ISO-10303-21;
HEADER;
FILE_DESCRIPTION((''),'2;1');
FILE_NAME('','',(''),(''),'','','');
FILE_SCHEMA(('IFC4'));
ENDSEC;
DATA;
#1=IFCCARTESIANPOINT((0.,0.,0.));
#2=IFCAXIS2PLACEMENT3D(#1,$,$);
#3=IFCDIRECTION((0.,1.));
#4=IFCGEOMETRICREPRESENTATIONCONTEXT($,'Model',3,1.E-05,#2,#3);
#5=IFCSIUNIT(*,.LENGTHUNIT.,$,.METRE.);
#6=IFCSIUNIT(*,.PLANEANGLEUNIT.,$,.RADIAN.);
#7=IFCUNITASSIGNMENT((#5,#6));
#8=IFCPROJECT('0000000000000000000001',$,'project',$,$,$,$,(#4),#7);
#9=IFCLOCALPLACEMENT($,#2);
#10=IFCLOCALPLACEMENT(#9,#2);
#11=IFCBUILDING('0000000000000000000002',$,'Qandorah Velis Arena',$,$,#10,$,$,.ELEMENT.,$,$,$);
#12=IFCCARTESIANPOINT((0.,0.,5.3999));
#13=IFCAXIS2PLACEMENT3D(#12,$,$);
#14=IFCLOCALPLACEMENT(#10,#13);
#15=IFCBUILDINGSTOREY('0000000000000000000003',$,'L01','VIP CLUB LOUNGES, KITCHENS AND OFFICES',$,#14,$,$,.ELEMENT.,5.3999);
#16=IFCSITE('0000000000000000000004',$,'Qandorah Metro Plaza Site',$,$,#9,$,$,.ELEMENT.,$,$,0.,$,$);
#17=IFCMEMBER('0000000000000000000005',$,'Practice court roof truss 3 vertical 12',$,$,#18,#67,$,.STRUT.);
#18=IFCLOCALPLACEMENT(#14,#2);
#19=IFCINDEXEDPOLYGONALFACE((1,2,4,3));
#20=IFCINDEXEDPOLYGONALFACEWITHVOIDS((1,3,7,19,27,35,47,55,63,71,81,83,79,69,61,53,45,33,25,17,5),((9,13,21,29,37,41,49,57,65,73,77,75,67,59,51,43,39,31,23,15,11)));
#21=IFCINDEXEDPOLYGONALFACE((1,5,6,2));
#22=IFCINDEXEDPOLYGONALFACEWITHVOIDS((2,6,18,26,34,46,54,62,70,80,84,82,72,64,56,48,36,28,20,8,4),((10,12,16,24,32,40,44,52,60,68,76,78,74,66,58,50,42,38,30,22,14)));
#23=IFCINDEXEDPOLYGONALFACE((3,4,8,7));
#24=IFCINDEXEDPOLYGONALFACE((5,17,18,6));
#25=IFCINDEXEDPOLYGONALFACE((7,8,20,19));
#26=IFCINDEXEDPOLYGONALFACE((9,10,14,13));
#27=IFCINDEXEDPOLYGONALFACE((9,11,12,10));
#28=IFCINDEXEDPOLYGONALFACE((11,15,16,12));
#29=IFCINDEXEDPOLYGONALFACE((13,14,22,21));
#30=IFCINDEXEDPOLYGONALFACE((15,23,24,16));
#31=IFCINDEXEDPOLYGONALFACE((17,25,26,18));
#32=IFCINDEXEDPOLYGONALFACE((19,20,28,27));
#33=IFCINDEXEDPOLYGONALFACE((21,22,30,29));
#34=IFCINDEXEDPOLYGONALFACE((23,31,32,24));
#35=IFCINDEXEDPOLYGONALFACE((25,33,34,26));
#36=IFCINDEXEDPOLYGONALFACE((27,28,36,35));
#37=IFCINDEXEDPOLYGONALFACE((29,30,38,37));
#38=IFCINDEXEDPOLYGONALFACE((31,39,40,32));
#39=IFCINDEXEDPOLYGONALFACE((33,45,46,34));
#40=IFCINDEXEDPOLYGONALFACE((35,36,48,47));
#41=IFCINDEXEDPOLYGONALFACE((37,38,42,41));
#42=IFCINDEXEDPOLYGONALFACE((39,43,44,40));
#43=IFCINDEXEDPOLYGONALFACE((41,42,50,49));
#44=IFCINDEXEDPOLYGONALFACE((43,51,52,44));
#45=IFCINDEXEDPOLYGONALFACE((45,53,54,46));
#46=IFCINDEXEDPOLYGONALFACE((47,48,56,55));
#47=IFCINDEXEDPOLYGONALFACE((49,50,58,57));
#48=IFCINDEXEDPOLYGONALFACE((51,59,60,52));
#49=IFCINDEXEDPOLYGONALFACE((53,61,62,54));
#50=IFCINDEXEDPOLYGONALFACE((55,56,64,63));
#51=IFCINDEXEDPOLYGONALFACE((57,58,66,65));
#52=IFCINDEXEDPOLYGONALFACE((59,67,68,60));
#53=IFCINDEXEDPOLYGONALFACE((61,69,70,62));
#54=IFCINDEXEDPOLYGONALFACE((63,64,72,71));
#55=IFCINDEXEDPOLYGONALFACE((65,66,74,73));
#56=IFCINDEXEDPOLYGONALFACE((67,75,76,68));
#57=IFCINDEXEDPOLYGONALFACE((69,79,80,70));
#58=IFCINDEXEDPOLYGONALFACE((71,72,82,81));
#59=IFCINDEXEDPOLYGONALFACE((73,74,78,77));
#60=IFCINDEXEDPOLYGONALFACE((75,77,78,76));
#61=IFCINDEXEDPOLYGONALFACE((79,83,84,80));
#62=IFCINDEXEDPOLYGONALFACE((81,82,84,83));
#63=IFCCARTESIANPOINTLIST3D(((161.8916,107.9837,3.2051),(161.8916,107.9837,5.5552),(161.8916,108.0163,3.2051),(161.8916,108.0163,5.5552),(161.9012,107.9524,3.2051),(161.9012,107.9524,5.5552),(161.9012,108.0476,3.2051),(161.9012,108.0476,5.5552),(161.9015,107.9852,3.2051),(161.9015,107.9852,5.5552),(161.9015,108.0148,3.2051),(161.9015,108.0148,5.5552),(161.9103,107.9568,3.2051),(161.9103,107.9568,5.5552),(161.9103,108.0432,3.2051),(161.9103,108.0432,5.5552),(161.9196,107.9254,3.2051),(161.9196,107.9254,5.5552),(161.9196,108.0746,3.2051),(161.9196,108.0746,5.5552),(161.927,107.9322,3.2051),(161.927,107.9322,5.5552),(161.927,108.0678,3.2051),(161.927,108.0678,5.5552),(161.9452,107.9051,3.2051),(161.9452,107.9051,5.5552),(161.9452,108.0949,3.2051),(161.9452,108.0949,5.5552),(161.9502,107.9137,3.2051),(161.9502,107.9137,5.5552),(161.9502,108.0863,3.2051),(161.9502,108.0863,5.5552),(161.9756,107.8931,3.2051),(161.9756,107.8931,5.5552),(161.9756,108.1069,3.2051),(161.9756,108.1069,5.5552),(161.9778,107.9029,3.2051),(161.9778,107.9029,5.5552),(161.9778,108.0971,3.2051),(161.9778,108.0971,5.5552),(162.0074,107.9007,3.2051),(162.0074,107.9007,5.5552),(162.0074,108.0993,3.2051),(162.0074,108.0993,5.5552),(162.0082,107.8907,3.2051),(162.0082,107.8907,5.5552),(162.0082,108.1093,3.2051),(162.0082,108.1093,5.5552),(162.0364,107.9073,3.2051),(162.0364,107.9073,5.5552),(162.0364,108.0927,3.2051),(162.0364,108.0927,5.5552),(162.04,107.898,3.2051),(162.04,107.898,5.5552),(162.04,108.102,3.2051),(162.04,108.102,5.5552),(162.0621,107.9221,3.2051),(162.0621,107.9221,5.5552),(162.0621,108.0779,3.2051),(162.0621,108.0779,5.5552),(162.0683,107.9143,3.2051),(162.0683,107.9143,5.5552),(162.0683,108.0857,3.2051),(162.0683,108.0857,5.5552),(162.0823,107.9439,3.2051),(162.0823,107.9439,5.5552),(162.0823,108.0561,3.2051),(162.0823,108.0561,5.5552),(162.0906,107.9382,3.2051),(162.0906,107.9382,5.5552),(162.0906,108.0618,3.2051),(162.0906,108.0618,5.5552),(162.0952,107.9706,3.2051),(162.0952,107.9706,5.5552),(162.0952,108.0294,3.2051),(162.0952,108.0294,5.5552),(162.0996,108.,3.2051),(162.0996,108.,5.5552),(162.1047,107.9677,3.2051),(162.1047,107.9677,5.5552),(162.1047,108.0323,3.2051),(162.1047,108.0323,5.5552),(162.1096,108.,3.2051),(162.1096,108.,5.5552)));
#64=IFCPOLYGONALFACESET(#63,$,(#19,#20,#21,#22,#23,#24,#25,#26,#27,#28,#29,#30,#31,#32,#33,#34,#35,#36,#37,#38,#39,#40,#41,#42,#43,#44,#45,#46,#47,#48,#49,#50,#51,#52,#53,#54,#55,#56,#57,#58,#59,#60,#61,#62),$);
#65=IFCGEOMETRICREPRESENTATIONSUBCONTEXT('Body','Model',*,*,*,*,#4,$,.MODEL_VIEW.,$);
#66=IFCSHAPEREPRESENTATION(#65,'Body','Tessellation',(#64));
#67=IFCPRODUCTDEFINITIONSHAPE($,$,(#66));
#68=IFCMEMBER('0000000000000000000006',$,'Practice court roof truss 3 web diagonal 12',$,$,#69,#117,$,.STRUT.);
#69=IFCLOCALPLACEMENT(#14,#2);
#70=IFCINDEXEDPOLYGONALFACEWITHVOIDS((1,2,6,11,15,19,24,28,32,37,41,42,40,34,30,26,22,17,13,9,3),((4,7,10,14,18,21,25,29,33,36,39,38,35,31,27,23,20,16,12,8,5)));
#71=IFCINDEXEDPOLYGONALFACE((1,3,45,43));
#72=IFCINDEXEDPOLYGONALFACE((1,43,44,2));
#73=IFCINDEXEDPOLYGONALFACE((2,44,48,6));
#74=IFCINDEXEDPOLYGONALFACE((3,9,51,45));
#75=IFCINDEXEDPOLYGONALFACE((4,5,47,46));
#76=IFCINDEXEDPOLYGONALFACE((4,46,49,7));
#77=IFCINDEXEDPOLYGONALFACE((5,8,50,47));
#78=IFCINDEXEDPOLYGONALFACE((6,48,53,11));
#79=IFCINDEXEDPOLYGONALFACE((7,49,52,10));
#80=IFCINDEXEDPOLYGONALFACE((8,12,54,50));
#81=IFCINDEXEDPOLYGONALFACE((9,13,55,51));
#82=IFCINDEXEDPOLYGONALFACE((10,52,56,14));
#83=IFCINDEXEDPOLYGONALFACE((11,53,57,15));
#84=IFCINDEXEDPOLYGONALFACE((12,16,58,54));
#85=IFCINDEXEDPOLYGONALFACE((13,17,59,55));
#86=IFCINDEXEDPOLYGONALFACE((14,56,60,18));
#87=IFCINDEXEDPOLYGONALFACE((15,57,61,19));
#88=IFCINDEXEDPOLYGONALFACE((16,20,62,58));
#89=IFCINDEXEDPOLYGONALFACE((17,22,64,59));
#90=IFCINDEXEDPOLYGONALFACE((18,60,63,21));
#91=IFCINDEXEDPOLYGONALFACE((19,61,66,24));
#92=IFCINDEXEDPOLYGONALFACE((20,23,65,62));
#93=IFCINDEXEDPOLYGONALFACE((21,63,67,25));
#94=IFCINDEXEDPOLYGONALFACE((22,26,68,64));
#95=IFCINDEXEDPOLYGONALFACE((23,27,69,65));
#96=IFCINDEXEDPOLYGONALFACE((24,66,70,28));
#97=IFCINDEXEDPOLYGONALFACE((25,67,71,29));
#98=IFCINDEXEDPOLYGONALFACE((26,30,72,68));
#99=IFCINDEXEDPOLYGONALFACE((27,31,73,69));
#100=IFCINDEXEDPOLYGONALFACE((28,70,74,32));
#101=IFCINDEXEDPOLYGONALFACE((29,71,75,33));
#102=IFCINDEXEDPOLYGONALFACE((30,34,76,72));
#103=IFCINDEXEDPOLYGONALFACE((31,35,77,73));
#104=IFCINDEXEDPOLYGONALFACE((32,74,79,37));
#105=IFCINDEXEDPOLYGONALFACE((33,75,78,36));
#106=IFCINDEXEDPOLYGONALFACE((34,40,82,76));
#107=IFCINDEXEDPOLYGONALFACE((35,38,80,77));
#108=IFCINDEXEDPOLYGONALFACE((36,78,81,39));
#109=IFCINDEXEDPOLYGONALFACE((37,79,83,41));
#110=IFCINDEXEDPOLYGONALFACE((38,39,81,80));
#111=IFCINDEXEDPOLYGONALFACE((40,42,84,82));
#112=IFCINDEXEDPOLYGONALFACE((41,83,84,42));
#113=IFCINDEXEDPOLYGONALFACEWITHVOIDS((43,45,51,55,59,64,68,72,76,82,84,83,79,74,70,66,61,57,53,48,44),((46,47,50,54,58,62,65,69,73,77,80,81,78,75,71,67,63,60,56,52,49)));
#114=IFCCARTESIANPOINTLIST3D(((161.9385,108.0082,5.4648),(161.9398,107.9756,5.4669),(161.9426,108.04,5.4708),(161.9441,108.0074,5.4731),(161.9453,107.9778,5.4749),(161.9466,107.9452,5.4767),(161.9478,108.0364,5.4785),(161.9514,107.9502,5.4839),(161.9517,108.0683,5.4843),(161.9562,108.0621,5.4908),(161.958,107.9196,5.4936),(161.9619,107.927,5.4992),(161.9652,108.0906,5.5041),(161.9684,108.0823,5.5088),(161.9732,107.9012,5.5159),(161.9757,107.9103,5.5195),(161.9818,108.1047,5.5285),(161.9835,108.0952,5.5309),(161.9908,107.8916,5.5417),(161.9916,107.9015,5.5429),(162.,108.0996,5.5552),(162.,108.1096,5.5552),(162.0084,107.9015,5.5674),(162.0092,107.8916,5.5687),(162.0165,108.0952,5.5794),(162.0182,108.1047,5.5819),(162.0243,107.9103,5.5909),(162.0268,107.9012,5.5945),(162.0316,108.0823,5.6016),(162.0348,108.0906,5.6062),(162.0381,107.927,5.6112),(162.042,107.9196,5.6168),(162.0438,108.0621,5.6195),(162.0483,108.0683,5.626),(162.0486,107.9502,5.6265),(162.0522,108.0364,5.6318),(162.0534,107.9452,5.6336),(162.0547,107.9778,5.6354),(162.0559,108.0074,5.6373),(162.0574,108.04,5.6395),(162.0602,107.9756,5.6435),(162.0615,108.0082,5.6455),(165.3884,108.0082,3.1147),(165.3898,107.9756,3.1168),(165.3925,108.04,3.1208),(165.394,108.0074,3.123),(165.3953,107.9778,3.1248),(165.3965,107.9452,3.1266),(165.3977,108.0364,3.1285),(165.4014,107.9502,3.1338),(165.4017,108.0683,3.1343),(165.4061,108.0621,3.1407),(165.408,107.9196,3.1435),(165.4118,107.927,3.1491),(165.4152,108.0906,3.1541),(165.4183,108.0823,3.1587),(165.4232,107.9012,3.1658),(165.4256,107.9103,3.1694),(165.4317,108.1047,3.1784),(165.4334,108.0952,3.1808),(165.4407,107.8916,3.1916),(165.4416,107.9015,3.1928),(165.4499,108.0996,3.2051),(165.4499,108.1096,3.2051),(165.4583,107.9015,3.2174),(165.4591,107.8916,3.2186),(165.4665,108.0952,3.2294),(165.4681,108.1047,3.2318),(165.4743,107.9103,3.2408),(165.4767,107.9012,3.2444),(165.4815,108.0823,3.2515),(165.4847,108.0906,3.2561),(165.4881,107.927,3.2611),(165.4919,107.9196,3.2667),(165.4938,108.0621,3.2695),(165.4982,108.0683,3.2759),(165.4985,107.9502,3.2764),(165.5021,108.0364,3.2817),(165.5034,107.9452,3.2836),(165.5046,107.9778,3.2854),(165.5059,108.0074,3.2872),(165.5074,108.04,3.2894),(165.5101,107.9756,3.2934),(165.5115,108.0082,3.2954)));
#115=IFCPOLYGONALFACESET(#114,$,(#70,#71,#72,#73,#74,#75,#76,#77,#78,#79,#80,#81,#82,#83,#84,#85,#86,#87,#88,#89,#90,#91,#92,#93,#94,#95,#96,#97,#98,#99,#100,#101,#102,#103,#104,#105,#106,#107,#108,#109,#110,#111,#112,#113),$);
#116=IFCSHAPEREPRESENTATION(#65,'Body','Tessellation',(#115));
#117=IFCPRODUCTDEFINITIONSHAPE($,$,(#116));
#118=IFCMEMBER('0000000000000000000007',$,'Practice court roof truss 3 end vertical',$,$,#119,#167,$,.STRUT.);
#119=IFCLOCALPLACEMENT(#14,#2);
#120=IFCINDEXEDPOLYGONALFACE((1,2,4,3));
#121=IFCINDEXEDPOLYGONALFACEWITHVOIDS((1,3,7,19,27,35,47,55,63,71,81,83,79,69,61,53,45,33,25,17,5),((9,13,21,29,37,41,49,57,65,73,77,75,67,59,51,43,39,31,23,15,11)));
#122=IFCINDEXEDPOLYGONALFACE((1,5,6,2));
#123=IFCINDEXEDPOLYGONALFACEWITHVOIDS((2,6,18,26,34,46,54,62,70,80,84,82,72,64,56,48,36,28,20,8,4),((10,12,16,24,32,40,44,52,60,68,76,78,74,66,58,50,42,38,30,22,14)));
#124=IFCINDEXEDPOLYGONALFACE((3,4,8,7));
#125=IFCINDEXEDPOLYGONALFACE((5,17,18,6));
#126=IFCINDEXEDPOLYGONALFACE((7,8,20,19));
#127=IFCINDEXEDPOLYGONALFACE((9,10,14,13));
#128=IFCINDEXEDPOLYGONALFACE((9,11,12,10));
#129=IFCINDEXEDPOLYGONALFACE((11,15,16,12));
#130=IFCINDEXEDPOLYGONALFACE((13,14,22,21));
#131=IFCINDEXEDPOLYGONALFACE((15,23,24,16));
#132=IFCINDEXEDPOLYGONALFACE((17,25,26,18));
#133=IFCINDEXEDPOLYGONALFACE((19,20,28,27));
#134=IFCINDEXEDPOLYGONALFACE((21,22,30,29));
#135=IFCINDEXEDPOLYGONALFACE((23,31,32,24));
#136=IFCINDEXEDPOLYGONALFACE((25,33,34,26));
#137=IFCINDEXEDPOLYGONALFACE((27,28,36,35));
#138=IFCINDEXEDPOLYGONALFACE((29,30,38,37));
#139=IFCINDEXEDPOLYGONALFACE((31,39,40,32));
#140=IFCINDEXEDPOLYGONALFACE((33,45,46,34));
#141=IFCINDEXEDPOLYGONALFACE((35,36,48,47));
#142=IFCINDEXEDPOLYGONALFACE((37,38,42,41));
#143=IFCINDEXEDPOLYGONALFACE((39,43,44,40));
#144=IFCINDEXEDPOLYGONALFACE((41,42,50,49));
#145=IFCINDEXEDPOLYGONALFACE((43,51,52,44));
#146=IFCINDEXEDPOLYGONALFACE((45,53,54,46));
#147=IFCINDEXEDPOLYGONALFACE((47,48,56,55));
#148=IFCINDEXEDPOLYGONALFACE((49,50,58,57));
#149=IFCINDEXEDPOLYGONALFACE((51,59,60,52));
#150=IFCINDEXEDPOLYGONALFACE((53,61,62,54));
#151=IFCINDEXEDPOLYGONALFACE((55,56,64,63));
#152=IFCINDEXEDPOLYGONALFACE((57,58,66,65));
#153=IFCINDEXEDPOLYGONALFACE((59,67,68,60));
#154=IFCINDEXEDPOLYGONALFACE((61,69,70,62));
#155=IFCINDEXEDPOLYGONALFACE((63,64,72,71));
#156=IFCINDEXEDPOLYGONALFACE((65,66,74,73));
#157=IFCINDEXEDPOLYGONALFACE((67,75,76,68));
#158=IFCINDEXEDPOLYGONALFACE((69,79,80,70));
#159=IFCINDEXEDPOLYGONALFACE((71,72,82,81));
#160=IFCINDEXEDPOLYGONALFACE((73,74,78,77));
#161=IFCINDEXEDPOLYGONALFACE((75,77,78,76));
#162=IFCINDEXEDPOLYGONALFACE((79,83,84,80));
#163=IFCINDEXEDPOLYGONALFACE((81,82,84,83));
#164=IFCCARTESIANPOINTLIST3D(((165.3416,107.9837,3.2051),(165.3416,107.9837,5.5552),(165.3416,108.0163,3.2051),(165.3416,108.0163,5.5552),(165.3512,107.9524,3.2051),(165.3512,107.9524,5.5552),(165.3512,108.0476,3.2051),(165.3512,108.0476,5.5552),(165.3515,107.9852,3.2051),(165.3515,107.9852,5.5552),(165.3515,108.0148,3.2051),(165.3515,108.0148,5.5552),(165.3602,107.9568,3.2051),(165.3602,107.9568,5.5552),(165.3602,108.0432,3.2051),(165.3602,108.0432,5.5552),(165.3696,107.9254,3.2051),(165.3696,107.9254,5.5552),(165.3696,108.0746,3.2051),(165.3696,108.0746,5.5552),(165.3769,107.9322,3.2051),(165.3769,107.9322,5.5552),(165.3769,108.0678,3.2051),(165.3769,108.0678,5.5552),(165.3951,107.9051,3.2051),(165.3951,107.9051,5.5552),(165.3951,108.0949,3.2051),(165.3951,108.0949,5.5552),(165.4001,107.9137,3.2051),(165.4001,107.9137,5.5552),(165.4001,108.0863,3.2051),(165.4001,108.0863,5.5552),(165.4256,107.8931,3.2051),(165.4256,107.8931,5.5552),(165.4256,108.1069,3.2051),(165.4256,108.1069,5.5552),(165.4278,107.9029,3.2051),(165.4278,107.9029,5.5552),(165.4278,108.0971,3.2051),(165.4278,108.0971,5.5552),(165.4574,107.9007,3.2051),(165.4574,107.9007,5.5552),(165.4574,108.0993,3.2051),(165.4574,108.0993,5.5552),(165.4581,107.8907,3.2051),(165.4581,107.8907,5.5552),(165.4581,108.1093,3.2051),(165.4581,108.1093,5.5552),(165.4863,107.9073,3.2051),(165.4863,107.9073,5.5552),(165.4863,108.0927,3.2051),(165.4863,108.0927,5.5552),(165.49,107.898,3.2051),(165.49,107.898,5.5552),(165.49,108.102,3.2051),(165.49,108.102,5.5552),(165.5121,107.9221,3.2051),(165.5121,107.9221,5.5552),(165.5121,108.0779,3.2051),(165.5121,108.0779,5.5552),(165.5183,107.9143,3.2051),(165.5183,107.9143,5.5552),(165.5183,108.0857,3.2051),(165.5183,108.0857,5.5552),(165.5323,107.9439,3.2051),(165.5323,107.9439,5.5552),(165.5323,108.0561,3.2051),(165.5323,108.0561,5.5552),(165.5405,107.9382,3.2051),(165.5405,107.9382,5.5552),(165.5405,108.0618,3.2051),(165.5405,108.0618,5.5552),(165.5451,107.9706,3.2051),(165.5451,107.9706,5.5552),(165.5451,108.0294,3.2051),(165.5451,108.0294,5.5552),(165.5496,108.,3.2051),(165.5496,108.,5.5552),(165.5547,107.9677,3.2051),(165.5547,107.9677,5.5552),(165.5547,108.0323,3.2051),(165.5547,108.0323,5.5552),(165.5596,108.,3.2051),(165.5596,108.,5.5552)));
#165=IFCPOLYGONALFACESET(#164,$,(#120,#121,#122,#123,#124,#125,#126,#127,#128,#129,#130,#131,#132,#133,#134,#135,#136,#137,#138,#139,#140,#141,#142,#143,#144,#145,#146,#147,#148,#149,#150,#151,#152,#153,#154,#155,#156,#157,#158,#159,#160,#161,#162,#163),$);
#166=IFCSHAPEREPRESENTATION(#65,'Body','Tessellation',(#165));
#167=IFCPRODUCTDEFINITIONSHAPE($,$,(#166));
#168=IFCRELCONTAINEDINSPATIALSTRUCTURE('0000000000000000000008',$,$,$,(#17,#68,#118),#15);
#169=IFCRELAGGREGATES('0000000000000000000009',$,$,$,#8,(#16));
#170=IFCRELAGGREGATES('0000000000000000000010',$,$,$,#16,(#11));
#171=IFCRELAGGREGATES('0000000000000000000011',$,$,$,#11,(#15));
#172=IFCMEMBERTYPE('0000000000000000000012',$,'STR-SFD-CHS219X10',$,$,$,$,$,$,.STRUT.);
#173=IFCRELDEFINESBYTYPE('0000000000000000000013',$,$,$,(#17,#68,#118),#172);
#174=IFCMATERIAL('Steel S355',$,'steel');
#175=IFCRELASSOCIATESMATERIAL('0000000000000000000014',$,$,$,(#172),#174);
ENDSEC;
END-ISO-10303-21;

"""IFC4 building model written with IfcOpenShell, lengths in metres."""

from ifc_helpers import new_model, si_unit, direction, frame, origin, origin_2d, place, context, subcontext, project, spatial, hollow_circle, extrude, material, material_profile, profile_set, type_object, element, save


model = new_model("IFC4")

# Units and contexts
model_context = context("Model", 3, precision=1e-05, world=origin(), true_north=direction((0.0, 1.0)))
body_context = subcontext(model_context, "Body", "Model", "MODEL_VIEW")
ifc_project = project(units=[si_unit("LENGTHUNIT", "METRE"), si_unit("PLANEANGLEUNIT", "RADIAN")], contexts=[model_context])

# Site, building, storey
site_placement = place(None, origin())
site = spatial("IfcSite", under=ifc_project, at=site_placement, Name="Qandorah Metro Plaza Site", CompositionType="ELEMENT", RefElevation=0.0)
building_placement = place(site_placement, origin())
building = spatial("IfcBuilding", under=site, at=building_placement, Name="Qandorah Velis Arena", CompositionType="ELEMENT")
storey_placement = place(building_placement, frame((0.0, 0.0, 5.3999)))
storey = spatial("IfcBuildingStorey", under=building, at=storey_placement, Name="L01", Description="VIP CLUB LOUNGES, KITCHENS AND OFFICES", CompositionType="ELEMENT", Elevation=5.3999)

# Shared definitions
ifc_material_1 = material(Name="Steel S355", Category="steel")

# Members
ifc_material_profile_1 = material_profile(ifc_material_1, hollow_circle(Radius=0.1096, WallThickness=0.01, at=origin_2d()), Name="CHS 219.1x10")
ifc_profile_set_1 = profile_set([ifc_material_profile_1], Name="Steel S355")
member_type = type_object("IfcMemberType", Name="STR-SFD-CHS219X10", PredefinedType="STRUT", material=ifc_profile_set_1)
for number, where, z_axis, x_axis, name in (
    (1, (162.0, 108.0, 3.2051), (0.0, 0.0, 1.0), (1.0, 0.0, 0.0), "Practice court roof truss 3 vertical 12"),
):
    element("IfcMember", number, at=place(storey_placement, frame(where, z_axis=z_axis, x_axis=x_axis)), inside=storey, type_object=member_type, Name=name, PredefinedType="STRUT", context=body_context, shape_type="SweptSolid", body=[
        extrude(hollow_circle(Radius=0.1096, WallThickness=0.01, at=origin_2d()), origin(), (0.0, 0.0, 1.0), 2.3501),
    ])
member_1_placement = place(storey_placement, frame((162.0, 108.0, 5.5552), z_axis=(0.826466, 0.0, -0.562987), x_axis=(0.0, 1.0, 0.0)))
element("IfcMember", 2, at=member_1_placement, inside=storey, type_object=member_type, Name="Practice court roof truss 3 web diagonal 12", PredefinedType="STRUT", context=body_context, shape_type="SweptSolid", body=[
    extrude(hollow_circle(Radius=0.1096, WallThickness=0.01, at=origin_2d()), origin(), (0.0, 0.0, 1.0), 4.1743),
])
for number, where, z_axis, x_axis, name in (
    (3, (165.45, 108.0, 3.2051), (0.0, 0.0, 1.0), (1.0, 0.0, 0.0), "Practice court roof truss 3 end vertical"),
):
    element("IfcMember", number, at=place(storey_placement, frame(where, z_axis=z_axis, x_axis=x_axis)), inside=storey, type_object=member_type, Name=name, PredefinedType="STRUT", context=body_context, shape_type="SweptSolid", body=[
        extrude(hollow_circle(Radius=0.1096, WallThickness=0.01, at=origin_2d()), origin(), (0.0, 0.0, 1.0), 2.3501),
    ])

save(model, "model.ifc")
